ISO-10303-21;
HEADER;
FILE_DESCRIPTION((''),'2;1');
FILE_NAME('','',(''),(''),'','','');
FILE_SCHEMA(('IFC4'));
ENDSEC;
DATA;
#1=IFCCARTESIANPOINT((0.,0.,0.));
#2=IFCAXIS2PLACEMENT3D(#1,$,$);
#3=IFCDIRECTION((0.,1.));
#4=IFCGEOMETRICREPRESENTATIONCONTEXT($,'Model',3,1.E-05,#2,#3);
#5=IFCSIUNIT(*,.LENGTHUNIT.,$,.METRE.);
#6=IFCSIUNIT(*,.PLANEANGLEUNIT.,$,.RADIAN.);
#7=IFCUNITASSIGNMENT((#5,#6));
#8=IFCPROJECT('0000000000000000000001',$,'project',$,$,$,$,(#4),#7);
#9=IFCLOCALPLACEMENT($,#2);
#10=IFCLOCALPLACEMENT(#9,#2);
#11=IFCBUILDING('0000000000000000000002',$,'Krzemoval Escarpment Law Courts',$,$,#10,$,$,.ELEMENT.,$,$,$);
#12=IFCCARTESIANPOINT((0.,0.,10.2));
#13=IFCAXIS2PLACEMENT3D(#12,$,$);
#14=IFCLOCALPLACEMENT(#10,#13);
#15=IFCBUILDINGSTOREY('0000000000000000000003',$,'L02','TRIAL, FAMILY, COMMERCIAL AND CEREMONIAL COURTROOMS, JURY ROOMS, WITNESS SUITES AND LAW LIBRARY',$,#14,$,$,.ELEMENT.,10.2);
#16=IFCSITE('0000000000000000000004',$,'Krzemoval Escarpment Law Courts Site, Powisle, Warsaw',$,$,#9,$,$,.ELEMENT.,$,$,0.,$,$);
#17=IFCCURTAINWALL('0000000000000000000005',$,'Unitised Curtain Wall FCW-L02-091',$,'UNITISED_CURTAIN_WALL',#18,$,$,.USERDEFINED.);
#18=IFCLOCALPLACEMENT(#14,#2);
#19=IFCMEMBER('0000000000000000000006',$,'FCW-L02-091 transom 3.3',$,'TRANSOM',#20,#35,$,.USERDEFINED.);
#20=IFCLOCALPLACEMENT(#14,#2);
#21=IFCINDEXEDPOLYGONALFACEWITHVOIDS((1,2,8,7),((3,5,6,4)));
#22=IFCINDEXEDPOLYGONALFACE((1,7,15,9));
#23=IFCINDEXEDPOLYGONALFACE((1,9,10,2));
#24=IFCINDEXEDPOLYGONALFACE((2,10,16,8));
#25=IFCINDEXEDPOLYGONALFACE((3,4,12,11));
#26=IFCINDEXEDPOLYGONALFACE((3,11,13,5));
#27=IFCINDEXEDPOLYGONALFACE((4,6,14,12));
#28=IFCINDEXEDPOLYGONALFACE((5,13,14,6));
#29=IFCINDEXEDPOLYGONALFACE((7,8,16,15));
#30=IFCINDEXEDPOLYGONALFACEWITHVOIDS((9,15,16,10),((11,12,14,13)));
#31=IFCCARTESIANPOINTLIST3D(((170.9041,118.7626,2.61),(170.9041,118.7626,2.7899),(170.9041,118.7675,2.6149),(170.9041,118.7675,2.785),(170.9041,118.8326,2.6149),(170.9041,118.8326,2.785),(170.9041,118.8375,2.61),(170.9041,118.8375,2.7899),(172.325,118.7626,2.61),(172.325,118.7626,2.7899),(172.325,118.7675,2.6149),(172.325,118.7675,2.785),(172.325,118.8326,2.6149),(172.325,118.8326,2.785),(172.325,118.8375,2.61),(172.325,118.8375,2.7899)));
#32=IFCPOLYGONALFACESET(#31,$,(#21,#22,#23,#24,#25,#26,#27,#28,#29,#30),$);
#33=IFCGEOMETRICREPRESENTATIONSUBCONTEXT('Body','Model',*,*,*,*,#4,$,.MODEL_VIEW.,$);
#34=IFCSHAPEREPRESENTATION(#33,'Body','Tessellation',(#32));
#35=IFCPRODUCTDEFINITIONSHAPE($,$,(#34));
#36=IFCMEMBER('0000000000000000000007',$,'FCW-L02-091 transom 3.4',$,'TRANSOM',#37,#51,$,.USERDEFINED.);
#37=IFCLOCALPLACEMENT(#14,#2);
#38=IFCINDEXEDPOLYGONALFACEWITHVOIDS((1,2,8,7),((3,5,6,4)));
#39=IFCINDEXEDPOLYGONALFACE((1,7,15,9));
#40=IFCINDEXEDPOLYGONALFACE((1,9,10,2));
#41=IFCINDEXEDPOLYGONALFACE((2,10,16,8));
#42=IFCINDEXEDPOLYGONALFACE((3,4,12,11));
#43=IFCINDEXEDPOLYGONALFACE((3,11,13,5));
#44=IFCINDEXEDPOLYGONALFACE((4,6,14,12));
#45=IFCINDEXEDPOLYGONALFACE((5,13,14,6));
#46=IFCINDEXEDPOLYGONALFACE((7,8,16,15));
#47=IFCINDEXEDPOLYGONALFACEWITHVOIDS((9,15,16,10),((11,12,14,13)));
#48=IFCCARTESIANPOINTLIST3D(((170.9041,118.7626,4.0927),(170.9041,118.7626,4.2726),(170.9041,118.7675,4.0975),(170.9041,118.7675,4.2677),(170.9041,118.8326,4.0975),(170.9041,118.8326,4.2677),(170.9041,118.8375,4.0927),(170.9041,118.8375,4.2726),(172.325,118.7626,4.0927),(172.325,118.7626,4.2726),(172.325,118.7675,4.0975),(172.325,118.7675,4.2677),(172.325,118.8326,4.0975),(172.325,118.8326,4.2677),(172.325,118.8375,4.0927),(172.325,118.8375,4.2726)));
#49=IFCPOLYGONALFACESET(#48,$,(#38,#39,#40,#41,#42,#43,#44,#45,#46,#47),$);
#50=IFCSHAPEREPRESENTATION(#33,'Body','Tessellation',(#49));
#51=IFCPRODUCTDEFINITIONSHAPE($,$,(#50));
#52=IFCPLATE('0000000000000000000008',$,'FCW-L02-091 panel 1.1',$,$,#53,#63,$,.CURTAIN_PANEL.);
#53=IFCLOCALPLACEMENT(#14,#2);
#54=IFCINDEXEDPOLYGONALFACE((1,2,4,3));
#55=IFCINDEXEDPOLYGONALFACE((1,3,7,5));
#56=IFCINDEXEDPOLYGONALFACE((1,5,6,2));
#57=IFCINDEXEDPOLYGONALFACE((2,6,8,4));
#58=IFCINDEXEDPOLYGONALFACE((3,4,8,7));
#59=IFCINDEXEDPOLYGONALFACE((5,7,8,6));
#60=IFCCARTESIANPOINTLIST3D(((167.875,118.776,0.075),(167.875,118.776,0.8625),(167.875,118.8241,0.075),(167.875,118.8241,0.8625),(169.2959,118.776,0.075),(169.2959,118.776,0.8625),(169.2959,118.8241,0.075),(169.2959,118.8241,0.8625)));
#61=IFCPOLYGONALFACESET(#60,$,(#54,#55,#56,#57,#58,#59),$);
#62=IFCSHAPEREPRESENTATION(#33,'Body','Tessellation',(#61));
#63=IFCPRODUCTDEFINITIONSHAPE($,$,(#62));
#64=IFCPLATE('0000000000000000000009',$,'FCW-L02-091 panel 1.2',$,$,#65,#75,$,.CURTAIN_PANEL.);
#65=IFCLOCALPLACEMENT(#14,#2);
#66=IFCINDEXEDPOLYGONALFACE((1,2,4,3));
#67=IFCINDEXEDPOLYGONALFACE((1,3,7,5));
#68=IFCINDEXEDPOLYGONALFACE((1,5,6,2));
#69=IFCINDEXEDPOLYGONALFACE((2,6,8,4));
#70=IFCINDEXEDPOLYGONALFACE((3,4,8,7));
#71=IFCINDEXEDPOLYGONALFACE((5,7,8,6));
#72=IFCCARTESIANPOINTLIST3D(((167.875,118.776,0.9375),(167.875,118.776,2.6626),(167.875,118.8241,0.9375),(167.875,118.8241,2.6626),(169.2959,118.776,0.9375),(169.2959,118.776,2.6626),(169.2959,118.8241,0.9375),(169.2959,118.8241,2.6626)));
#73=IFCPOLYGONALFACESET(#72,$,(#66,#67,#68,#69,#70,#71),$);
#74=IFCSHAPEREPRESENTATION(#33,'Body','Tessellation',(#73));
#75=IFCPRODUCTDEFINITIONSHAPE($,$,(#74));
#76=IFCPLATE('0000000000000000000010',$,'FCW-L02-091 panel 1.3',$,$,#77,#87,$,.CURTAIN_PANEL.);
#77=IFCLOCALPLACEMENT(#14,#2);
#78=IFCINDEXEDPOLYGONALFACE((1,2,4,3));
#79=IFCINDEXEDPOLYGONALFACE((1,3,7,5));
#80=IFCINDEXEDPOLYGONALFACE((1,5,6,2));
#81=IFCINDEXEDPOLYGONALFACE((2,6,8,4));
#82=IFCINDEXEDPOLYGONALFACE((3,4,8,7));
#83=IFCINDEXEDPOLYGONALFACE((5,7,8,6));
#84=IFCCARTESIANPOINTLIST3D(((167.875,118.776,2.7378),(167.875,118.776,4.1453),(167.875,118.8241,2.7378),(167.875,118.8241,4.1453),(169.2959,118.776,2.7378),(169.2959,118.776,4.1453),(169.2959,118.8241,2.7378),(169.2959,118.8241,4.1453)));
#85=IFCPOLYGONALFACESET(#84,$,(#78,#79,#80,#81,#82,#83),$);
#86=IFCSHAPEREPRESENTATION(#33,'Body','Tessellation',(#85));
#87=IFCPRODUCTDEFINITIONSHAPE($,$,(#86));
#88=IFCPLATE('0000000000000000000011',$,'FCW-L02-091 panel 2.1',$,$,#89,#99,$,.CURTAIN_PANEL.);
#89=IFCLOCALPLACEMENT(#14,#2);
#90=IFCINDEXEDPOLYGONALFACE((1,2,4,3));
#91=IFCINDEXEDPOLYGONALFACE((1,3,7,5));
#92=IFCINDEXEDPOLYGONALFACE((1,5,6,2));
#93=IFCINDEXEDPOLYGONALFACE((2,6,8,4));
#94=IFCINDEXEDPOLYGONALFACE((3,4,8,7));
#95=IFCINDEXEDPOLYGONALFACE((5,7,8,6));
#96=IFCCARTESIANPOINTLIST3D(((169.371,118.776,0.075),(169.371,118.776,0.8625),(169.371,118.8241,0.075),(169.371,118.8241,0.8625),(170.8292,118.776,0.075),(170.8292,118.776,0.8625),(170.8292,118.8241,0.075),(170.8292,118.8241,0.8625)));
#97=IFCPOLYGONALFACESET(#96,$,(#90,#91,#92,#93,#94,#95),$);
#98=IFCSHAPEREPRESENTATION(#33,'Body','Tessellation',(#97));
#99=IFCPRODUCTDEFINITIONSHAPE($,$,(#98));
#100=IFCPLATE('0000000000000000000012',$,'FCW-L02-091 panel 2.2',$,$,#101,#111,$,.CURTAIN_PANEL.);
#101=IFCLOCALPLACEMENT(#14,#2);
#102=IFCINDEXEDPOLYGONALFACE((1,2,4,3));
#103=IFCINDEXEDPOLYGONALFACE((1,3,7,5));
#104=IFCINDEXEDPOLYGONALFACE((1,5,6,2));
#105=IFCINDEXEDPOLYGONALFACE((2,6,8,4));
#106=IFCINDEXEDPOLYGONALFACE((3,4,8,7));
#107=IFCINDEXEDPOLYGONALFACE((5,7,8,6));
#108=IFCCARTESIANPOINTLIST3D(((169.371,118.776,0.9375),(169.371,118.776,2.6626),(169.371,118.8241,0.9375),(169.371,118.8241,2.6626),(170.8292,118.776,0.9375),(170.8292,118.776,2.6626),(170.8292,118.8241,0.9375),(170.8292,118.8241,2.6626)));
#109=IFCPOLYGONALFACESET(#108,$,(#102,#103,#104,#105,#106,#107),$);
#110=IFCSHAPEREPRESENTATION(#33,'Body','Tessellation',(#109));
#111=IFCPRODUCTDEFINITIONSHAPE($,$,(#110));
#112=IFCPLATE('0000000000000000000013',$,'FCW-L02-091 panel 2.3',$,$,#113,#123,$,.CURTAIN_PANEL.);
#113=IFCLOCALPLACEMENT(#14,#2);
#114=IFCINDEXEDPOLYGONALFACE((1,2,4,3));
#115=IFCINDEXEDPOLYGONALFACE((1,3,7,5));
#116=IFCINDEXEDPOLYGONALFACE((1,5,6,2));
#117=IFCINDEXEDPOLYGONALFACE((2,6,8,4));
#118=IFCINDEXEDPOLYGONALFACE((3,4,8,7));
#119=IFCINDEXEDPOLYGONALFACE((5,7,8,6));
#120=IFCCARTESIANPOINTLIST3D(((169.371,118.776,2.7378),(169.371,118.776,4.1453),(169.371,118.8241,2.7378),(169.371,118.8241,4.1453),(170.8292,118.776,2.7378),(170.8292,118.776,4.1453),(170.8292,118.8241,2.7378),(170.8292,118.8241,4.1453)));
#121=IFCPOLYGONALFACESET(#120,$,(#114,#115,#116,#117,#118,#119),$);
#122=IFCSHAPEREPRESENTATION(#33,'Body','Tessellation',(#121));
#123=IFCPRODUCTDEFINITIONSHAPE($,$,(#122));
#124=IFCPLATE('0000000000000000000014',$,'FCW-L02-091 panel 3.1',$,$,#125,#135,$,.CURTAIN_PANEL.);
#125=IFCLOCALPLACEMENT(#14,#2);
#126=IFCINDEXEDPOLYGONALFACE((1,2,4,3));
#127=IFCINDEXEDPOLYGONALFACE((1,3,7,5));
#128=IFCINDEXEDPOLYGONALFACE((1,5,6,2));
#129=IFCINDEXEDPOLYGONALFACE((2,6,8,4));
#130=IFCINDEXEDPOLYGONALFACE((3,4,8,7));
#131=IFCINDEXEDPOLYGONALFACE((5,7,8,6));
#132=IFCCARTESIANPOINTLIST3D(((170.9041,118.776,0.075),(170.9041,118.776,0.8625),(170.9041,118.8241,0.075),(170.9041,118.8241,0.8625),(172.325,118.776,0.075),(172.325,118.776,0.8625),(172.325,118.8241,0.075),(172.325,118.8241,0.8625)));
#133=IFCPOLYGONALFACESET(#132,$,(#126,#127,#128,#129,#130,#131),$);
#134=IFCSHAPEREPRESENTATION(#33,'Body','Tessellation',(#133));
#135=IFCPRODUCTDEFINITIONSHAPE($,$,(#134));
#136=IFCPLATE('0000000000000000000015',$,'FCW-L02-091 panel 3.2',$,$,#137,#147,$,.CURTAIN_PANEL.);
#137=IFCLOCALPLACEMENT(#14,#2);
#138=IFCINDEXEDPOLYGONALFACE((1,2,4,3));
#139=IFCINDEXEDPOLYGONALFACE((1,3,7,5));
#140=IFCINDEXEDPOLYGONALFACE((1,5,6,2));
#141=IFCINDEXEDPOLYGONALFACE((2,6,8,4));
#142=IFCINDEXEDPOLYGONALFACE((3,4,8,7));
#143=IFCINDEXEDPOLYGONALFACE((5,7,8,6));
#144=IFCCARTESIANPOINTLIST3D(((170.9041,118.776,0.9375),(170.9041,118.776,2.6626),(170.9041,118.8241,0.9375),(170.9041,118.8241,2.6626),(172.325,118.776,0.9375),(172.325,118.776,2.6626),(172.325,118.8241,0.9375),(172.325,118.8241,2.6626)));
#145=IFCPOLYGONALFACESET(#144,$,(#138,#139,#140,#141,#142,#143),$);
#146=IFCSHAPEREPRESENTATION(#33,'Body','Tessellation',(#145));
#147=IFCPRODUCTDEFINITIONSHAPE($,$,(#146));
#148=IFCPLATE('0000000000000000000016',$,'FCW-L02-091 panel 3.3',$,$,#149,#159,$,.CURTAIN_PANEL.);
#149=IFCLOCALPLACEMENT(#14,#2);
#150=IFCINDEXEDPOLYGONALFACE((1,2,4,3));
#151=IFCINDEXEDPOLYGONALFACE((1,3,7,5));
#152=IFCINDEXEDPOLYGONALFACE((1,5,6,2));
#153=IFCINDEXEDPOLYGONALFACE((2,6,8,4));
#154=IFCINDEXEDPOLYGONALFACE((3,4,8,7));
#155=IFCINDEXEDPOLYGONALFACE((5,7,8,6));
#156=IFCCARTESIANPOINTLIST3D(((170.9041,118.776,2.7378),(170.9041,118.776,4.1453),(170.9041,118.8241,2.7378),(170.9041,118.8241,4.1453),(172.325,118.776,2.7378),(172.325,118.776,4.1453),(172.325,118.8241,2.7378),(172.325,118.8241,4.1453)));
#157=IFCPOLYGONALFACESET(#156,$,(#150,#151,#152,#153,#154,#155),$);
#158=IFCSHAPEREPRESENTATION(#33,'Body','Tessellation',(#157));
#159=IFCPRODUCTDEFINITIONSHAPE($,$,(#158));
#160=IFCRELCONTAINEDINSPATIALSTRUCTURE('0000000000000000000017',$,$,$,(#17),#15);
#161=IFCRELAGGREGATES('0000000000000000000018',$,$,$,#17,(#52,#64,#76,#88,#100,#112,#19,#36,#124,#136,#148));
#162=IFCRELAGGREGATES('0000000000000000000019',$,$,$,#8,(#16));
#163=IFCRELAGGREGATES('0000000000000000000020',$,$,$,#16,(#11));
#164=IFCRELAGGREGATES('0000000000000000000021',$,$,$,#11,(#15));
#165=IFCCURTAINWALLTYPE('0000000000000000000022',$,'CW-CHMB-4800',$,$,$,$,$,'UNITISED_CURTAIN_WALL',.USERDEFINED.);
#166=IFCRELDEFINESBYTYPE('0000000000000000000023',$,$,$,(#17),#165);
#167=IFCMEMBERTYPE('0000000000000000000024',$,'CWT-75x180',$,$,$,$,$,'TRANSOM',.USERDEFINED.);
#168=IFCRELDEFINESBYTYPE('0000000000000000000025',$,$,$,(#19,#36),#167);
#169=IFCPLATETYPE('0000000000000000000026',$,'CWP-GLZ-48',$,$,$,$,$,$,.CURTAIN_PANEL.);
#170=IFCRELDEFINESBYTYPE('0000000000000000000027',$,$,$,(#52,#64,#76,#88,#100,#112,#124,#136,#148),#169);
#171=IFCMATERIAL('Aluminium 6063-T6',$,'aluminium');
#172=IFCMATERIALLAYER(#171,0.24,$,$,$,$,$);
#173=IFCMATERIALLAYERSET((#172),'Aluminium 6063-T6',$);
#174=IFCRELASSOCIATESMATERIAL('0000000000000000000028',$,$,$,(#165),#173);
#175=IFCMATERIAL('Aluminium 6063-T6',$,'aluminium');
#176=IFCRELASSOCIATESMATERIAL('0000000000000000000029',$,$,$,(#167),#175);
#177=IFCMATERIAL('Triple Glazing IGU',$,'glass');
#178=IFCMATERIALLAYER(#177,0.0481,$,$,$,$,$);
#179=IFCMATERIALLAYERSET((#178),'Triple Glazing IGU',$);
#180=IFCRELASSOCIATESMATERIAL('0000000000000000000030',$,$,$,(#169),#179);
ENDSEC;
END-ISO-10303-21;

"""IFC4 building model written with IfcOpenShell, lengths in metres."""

from ifc_helpers import new_model, si_unit, direction, frame, origin, origin_2d, place, context, subcontext, project, spatial, rectangle, hollow_rectangle, extrude, material, layer, layer_set, material_profile, profile_set, type_object, element, aggregate, save


model = new_model("IFC4")

# Units and contexts
model_context = context("Model", 3, precision=1e-05, world=origin(), true_north=direction((0.0, 1.0)))
body_context = subcontext(model_context, "Body", "Model", "MODEL_VIEW")
ifc_project = project(units=[si_unit("LENGTHUNIT", "METRE"), si_unit("PLANEANGLEUNIT", "RADIAN")], contexts=[model_context])

# Site, building, storey
site_placement = place(None, origin())
site = spatial("IfcSite", under=ifc_project, at=site_placement, Name="Krzemoval Escarpment Law Courts Site, Powisle, Warsaw", CompositionType="ELEMENT", RefElevation=0.0)
building_placement = place(site_placement, origin())
building = spatial("IfcBuilding", under=site, at=building_placement, Name="Krzemoval Escarpment Law Courts", CompositionType="ELEMENT")
storey_placement = place(building_placement, frame((0.0, 0.0, 10.2)))
storey = spatial("IfcBuildingStorey", under=building, at=storey_placement, Name="L02", Description="TRIAL, FAMILY, COMMERCIAL AND CEREMONIAL COURTROOMS, JURY ROOMS, WITNESS SUITES AND LAW LIBRARY", CompositionType="ELEMENT", Elevation=10.2)

# Curtain wall, members, plates
ifc_material_1 = material(Name="Aluminium 6063-T6", Category="aluminium")
ifc_layer_1 = layer(ifc_material_1, 0.24)
ifc_layer_set_1 = layer_set([ifc_layer_1], Name="Aluminium 6063-T6")
curtain_wall_type = type_object("IfcCurtainWallType", Name="CW-CHMB-4800", ElementType="UNITISED_CURTAIN_WALL", PredefinedType="USERDEFINED", material=ifc_layer_set_1)
curtain_wall_placement = place(storey_placement, origin())
curtain_wall = element("IfcCurtainWall", 1, at=curtain_wall_placement, inside=storey, type_object=curtain_wall_type, Name="Unitised Curtain Wall FCW-L02-091", ObjectType="UNITISED_CURTAIN_WALL", PredefinedType="USERDEFINED")
ifc_material_2 = material(Name="Aluminium 6063-T6", Category="aluminium")
ifc_material_profile_1 = material_profile(ifc_material_2, hollow_rectangle(XDim=0.075, YDim=0.1799, WallThickness=0.0049, at=origin_2d()), Name="ALU T75x180")
ifc_profile_set_1 = profile_set([ifc_material_profile_1], Name="Aluminium 6063-T6")
member_type_1 = type_object("IfcMemberType", Name="CWT-75x180", ElementType="TRANSOM", PredefinedType="USERDEFINED", material=ifc_profile_set_1)
member_1_placement = place(storey_placement, frame((170.9041, 118.8, 2.7), z_axis=(1.0, 0.0, 0.0), x_axis=(0.0, 1.0, 0.0)))
member_1 = element("IfcMember", 2, at=member_1_placement, type_object=member_type_1, Name="FCW-L02-091 transom 3.3", ObjectType="TRANSOM", PredefinedType="USERDEFINED", context=body_context, shape_type="SweptSolid", body=[
    extrude(hollow_rectangle(XDim=0.075, YDim=0.1799, WallThickness=0.0049, at=origin_2d()), origin(), (0.0, 0.0, 1.0), 1.4209),
])
member_2_placement = place(storey_placement, frame((170.9041, 118.8, 4.1826), z_axis=(1.0, 0.0, 0.0), x_axis=(0.0, 1.0, 0.0)))
member_2 = element("IfcMember", 3, at=member_2_placement, type_object=member_type_1, Name="FCW-L02-091 transom 3.4", ObjectType="TRANSOM", PredefinedType="USERDEFINED", context=body_context, shape_type="SweptSolid", body=[
    extrude(hollow_rectangle(XDim=0.075, YDim=0.1799, WallThickness=0.0049, at=origin_2d()), origin(), (0.0, 0.0, 1.0), 1.4209),
])
ifc_material_3 = material(Name="Triple Glazing IGU", Category="glass")
ifc_layer_2 = layer(ifc_material_3, 0.0481)
ifc_layer_set_2 = layer_set([ifc_layer_2], Name="Triple Glazing IGU")
plate_type = type_object("IfcPlateType", Name="CWP-GLZ-48", PredefinedType="CURTAIN_PANEL", material=ifc_layer_set_2)
plate_1_placement = place(storey_placement, frame((168.5854, 118.8, 0.075), z_axis=(0.0, 0.0, 1.0), x_axis=(1.0, 0.0, 0.0)))
plate_1 = element("IfcPlate", 4, at=plate_1_placement, type_object=plate_type, Name="FCW-L02-091 panel 1.1", PredefinedType="CURTAIN_PANEL", context=body_context, shape_type="SweptSolid", body=[
    extrude(rectangle(XDim=1.4209, YDim=0.0481, at=origin_2d()), origin(), (0.0, 0.0, 1.0), 0.7876),
])
plate_2_placement = place(storey_placement, frame((168.5854, 118.8, 0.9375), z_axis=(0.0, 0.0, 1.0), x_axis=(1.0, 0.0, 0.0)))
plate_2 = element("IfcPlate", 5, at=plate_2_placement, type_object=plate_type, Name="FCW-L02-091 panel 1.2", PredefinedType="CURTAIN_PANEL", context=body_context, shape_type="SweptSolid", body=[
    extrude(rectangle(XDim=1.4209, YDim=0.0481, at=origin_2d()), origin(), (0.0, 0.0, 1.0), 1.7251),
])
plate_3_placement = place(storey_placement, frame((168.5854, 118.8, 2.7378), z_axis=(0.0, 0.0, 1.0), x_axis=(1.0, 0.0, 0.0)))
plate_3 = element("IfcPlate", 6, at=plate_3_placement, type_object=plate_type, Name="FCW-L02-091 panel 1.3", PredefinedType="CURTAIN_PANEL", context=body_context, shape_type="SweptSolid", body=[
    extrude(rectangle(XDim=1.4209, YDim=0.0481, at=origin_2d()), origin(), (0.0, 0.0, 1.0), 1.4075),
])
plate_4_placement = place(storey_placement, frame((170.1001, 118.8, 0.075), z_axis=(0.0, 0.0, 1.0), x_axis=(1.0, 0.0, 0.0)))
plate_4 = element("IfcPlate", 7, at=plate_4_placement, type_object=plate_type, Name="FCW-L02-091 panel 2.1", PredefinedType="CURTAIN_PANEL", context=body_context, shape_type="SweptSolid", body=[
    extrude(rectangle(XDim=1.4583, YDim=0.0481, at=origin_2d()), origin(), (0.0, 0.0, 1.0), 0.7876),
])
plate_5_placement = place(storey_placement, frame((170.1001, 118.8, 0.9375), z_axis=(0.0, 0.0, 1.0), x_axis=(1.0, 0.0, 0.0)))
plate_5 = element("IfcPlate", 8, at=plate_5_placement, type_object=plate_type, Name="FCW-L02-091 panel 2.2", PredefinedType="CURTAIN_PANEL", context=body_context, shape_type="SweptSolid", body=[
    extrude(rectangle(XDim=1.4583, YDim=0.0481, at=origin_2d()), origin(), (0.0, 0.0, 1.0), 1.7251),
])
plate_6_placement = place(storey_placement, frame((170.1001, 118.8, 2.7378), z_axis=(0.0, 0.0, 1.0), x_axis=(1.0, 0.0, 0.0)))
plate_6 = element("IfcPlate", 9, at=plate_6_placement, type_object=plate_type, Name="FCW-L02-091 panel 2.3", PredefinedType="CURTAIN_PANEL", context=body_context, shape_type="SweptSolid", body=[
    extrude(rectangle(XDim=1.4583, YDim=0.0481, at=origin_2d()), origin(), (0.0, 0.0, 1.0), 1.4075),
])
plate_7_placement = place(storey_placement, frame((171.6145, 118.8, 0.075), z_axis=(0.0, 0.0, 1.0), x_axis=(1.0, 0.0, 0.0)))
plate_7 = element("IfcPlate", 10, at=plate_7_placement, type_object=plate_type, Name="FCW-L02-091 panel 3.1", PredefinedType="CURTAIN_PANEL", context=body_context, shape_type="SweptSolid", body=[
    extrude(rectangle(XDim=1.4209, YDim=0.0481, at=origin_2d()), origin(), (0.0, 0.0, 1.0), 0.7876),
])
plate_8_placement = place(storey_placement, frame((171.6145, 118.8, 0.9375), z_axis=(0.0, 0.0, 1.0), x_axis=(1.0, 0.0, 0.0)))
plate_8 = element("IfcPlate", 11, at=plate_8_placement, type_object=plate_type, Name="FCW-L02-091 panel 3.2", PredefinedType="CURTAIN_PANEL", context=body_context, shape_type="SweptSolid", body=[
    extrude(rectangle(XDim=1.4209, YDim=0.0481, at=origin_2d()), origin(), (0.0, 0.0, 1.0), 1.7251),
])
plate_9_placement = place(storey_placement, frame((171.6145, 118.8, 2.7378), z_axis=(0.0, 0.0, 1.0), x_axis=(1.0, 0.0, 0.0)))
plate_9 = element("IfcPlate", 12, at=plate_9_placement, type_object=plate_type, Name="FCW-L02-091 panel 3.3", PredefinedType="CURTAIN_PANEL", context=body_context, shape_type="SweptSolid", body=[
    extrude(rectangle(XDim=1.4209, YDim=0.0481, at=origin_2d()), origin(), (0.0, 0.0, 1.0), 1.4075),
])
aggregate(curtain_wall, [plate_1, plate_2, plate_3, plate_4, plate_5, plate_6, member_1, member_2, plate_7, plate_8, plate_9])

save(model, "model.ifc")
